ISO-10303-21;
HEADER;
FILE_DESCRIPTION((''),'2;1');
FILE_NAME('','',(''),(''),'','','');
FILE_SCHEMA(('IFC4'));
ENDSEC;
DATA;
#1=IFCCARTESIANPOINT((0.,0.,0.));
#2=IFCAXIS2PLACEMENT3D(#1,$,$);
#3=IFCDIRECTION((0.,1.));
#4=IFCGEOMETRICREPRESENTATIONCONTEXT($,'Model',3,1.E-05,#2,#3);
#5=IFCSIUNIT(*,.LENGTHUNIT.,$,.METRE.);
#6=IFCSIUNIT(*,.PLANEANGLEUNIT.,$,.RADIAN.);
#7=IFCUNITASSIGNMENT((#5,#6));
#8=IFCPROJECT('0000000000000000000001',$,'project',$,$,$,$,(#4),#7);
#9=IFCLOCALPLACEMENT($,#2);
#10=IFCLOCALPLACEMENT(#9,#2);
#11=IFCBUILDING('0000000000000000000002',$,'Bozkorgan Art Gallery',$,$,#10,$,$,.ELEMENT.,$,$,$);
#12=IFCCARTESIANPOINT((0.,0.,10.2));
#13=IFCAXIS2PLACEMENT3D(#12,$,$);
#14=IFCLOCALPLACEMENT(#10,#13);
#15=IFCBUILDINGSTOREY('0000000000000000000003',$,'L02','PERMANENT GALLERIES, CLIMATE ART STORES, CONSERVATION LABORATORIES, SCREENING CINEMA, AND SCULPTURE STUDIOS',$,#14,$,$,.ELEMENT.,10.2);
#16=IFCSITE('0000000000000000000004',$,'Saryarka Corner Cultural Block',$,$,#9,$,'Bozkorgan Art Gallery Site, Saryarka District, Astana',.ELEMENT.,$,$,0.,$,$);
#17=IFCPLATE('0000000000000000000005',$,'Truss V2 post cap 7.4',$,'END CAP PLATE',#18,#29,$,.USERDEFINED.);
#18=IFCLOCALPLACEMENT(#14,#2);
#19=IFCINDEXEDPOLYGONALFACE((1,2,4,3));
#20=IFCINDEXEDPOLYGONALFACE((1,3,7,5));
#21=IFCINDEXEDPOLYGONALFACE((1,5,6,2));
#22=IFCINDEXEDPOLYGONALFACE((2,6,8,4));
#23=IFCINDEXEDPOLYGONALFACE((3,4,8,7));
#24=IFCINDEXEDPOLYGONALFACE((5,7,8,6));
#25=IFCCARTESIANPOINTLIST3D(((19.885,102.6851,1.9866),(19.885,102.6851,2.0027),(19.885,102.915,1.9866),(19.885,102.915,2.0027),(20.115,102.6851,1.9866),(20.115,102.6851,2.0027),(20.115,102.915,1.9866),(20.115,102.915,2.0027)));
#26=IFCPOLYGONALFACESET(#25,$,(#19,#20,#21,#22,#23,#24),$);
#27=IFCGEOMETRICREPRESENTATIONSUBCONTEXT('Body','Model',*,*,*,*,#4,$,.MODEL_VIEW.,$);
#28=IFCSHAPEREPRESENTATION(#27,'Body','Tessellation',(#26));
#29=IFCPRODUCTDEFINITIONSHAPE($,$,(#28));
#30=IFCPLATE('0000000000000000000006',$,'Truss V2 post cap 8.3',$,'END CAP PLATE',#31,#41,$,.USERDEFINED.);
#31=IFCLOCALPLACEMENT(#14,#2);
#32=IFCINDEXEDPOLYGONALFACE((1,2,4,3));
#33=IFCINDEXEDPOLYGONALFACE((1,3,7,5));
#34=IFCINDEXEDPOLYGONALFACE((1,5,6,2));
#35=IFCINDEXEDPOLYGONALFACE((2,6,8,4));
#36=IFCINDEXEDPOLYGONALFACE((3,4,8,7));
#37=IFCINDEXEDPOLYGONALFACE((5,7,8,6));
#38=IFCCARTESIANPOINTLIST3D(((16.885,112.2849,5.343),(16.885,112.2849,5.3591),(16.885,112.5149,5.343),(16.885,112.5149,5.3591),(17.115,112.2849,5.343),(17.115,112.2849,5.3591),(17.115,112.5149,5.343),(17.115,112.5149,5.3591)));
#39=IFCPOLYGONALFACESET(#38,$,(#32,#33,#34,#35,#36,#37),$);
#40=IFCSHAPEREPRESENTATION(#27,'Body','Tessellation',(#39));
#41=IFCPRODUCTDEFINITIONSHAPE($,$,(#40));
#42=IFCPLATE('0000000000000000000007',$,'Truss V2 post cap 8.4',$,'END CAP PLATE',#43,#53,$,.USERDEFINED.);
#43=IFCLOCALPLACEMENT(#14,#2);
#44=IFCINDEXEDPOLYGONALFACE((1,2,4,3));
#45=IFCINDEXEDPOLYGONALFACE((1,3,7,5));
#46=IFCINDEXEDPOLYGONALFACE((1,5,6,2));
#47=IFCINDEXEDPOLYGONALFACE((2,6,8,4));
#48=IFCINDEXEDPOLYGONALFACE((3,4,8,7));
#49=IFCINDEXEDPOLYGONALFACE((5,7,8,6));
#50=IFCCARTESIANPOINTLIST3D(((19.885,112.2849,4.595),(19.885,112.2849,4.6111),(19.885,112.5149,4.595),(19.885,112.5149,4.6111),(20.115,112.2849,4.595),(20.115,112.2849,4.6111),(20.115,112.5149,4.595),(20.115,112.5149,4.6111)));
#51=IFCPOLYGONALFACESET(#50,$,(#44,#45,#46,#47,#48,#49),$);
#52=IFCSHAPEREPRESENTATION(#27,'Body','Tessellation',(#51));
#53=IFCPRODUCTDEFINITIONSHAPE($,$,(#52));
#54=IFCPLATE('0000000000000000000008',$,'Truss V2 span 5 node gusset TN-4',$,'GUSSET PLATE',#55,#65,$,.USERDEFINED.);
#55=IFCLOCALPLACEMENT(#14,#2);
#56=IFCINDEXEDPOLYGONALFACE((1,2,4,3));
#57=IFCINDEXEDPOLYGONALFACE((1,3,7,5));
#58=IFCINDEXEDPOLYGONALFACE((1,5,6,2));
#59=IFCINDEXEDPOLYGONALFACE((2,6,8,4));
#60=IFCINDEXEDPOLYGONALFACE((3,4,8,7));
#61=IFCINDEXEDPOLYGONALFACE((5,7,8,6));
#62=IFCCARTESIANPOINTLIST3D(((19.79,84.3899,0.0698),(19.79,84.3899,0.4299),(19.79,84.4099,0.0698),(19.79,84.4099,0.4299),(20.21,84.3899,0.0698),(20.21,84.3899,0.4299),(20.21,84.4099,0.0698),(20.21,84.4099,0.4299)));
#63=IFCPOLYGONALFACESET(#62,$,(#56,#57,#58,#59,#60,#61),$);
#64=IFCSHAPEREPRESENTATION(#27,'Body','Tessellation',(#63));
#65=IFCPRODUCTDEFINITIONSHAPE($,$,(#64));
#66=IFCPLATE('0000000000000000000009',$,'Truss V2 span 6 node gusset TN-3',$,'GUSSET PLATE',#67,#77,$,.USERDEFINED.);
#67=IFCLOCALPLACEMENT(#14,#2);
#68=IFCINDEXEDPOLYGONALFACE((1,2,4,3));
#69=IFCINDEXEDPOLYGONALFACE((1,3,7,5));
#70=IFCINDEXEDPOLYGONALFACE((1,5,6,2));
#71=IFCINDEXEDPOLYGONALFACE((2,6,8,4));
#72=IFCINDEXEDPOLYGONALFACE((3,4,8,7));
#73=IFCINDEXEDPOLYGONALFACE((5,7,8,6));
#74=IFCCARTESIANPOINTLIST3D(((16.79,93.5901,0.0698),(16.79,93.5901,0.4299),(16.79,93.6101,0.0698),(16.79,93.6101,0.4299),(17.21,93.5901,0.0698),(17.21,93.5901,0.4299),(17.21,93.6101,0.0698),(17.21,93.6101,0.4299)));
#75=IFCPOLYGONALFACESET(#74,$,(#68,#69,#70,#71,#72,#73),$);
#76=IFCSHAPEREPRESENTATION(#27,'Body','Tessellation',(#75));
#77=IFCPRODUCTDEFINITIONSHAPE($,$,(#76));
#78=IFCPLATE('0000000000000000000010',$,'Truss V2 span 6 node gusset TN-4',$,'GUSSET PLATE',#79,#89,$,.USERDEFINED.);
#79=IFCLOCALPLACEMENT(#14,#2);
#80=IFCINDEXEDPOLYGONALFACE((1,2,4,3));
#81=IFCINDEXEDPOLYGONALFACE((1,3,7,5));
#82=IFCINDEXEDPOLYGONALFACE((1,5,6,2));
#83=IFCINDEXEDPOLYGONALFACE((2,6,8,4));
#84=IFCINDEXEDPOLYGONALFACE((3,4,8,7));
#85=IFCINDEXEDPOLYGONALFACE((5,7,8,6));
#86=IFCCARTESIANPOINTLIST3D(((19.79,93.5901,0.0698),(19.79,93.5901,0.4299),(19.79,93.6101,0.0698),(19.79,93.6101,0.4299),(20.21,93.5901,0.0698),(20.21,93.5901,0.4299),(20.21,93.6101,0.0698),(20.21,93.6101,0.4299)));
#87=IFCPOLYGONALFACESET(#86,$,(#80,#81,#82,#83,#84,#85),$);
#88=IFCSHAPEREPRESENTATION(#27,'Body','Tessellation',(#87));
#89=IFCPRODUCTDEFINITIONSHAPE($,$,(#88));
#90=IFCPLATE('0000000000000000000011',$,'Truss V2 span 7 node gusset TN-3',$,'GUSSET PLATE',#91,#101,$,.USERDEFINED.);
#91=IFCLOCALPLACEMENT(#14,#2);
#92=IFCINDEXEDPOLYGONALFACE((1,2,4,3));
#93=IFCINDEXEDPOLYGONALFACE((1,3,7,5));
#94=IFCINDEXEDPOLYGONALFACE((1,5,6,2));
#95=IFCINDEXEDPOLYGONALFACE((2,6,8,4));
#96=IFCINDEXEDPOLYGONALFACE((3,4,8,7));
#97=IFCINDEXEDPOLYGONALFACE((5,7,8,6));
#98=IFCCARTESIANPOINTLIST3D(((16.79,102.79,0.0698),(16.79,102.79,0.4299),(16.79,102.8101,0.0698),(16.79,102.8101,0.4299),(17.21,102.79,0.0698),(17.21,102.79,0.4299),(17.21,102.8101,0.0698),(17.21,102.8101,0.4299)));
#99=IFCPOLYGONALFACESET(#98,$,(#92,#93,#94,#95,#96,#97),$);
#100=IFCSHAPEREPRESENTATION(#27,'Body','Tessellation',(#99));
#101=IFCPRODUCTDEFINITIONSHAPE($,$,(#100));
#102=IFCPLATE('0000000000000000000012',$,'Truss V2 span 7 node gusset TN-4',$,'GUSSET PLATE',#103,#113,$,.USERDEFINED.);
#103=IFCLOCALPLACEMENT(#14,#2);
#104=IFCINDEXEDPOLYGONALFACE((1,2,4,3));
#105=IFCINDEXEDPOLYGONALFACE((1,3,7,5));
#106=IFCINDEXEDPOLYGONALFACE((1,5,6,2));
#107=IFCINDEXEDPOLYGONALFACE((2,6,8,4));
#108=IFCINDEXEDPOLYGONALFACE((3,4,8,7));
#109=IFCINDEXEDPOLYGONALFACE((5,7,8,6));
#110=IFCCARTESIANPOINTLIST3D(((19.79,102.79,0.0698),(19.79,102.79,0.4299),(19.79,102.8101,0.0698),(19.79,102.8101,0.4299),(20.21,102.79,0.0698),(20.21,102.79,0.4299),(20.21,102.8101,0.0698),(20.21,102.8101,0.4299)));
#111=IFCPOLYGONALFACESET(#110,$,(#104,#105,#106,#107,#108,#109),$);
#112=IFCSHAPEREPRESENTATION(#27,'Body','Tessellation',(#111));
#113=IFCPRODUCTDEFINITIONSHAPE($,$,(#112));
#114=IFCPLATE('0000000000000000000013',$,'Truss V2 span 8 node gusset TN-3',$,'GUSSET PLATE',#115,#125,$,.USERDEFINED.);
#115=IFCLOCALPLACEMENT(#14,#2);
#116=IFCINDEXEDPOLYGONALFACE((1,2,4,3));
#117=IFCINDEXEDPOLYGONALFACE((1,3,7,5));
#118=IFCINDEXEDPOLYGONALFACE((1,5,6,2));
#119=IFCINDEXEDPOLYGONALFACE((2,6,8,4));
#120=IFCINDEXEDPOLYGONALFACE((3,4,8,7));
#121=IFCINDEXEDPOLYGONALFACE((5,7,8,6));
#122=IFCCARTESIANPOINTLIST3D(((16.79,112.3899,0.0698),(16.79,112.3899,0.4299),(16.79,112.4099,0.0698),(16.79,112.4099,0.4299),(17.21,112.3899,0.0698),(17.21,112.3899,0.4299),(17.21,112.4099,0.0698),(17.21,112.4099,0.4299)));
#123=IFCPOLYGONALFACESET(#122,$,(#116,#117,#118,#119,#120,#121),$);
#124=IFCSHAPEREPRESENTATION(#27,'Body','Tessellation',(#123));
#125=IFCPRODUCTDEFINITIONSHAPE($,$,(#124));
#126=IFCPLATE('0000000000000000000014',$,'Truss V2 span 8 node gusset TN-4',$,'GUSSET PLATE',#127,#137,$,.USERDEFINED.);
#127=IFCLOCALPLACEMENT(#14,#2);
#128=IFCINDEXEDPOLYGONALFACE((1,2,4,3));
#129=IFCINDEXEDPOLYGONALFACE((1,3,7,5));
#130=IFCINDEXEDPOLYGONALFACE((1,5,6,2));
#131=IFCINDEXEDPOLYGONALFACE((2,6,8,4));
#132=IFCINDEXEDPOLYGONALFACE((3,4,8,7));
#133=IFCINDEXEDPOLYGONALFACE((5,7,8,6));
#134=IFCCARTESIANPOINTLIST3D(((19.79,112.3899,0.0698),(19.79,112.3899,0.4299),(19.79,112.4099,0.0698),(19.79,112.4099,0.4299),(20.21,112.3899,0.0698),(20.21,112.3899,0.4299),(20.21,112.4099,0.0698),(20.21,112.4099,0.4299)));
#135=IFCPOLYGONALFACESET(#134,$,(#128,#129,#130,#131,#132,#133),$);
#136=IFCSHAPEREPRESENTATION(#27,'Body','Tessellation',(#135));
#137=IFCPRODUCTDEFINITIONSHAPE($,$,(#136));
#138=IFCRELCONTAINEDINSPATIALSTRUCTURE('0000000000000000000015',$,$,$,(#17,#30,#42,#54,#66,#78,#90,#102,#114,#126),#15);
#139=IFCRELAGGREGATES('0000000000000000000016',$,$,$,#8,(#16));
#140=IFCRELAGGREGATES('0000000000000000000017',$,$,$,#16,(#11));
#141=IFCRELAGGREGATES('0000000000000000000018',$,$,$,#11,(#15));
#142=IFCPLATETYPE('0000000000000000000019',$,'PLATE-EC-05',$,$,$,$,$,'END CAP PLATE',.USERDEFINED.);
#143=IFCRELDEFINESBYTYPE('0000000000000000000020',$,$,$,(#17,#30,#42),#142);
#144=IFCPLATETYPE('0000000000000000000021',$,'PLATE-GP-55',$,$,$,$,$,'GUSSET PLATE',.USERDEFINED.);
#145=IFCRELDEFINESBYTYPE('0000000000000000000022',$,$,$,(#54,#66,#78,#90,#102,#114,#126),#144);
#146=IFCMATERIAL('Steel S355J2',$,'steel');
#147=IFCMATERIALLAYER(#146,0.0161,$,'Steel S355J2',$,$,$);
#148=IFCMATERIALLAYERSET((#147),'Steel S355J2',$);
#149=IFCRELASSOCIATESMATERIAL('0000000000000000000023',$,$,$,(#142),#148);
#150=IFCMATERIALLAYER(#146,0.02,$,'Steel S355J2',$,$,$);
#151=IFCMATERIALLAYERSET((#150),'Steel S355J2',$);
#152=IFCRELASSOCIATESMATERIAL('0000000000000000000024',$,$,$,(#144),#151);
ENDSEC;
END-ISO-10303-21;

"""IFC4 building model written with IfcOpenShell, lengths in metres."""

from ifc_helpers import new_model, si_unit, direction, frame, origin, origin_2d, place, context, subcontext, project, spatial, rectangle, extrude, material, layer, layer_set, type_object, element, save


model = new_model("IFC4")

# Units and contexts
model_context = context("Model", 3, precision=1e-05, world=origin(), true_north=direction((0.0, 1.0)))
body_context = subcontext(model_context, "Body", "Model", "MODEL_VIEW")
ifc_project = project(units=[si_unit("LENGTHUNIT", "METRE"), si_unit("PLANEANGLEUNIT", "RADIAN")], contexts=[model_context])

# Site, building, storey
site_placement = place(None, origin())
site = spatial("IfcSite", under=ifc_project, at=site_placement, Name="Saryarka Corner Cultural Block", LongName="Bozkorgan Art Gallery Site, Saryarka District, Astana", CompositionType="ELEMENT", RefElevation=0.0)
building_placement = place(site_placement, origin())
building = spatial("IfcBuilding", under=site, at=building_placement, Name="Bozkorgan Art Gallery", CompositionType="ELEMENT")
storey_placement = place(building_placement, frame((0.0, 0.0, 10.2)))
storey = spatial("IfcBuildingStorey", under=building, at=storey_placement, Name="L02", Description="PERMANENT GALLERIES, CLIMATE ART STORES, CONSERVATION LABORATORIES, SCREENING CINEMA, AND SCULPTURE STUDIOS", CompositionType="ELEMENT", Elevation=10.2)

# Shared definitions
ifc_material = material(Name="Steel S355J2", Category="steel")

# Plates
ifc_layer_1 = layer(ifc_material, 0.0161, Name="Steel S355J2")
ifc_layer_set_1 = layer_set([ifc_layer_1], Name="Steel S355J2")
plate_type_1 = type_object("IfcPlateType", Name="PLATE-EC-05", ElementType="END CAP PLATE", PredefinedType="USERDEFINED", material=ifc_layer_set_1)
for number, where, z_axis, x_axis, name in (
    (1, (20.0, 102.8, 1.9866), (0.0, 0.0, 1.0), (1.0, 0.0, 0.0), "Truss V2 post cap 7.4"),
    (2, (17.0, 112.3999, 5.343), (0.0, 0.0, 1.0), (1.0, 0.0, 0.0), "Truss V2 post cap 8.3"),
    (3, (20.0, 112.3999, 4.595), (0.0, 0.0, 1.0), (1.0, 0.0, 0.0), "Truss V2 post cap 8.4"),
):
    element("IfcPlate", number, at=place(storey_placement, frame(where, z_axis=z_axis, x_axis=x_axis)), inside=storey, type_object=plate_type_1, Name=name, ObjectType="END CAP PLATE", PredefinedType="USERDEFINED", context=body_context, shape_type="SweptSolid", body=[
        extrude(rectangle(XDim=0.23, YDim=0.23, at=origin_2d()), origin(), (0.0, 0.0, 1.0), 0.0161),
    ])
ifc_layer_2 = layer(ifc_material, 0.02, Name="Steel S355J2")
ifc_layer_set_2 = layer_set([ifc_layer_2], Name="Steel S355J2")
plate_type_2 = type_object("IfcPlateType", Name="PLATE-GP-55", ElementType="GUSSET PLATE", PredefinedType="USERDEFINED", material=ifc_layer_set_2)
for number, where, z_axis, x_axis, name in (
    (4, (20.0, 84.3999, 0.0698), (0.0, 0.0, 1.0), (1.0, 0.0, 0.0), "Truss V2 span 5 node gusset TN-4"),
    (5, (17.0, 93.6001, 0.0698), (0.0, 0.0, 1.0), (1.0, 0.0, 0.0), "Truss V2 span 6 node gusset TN-3"),
    (6, (20.0, 93.6001, 0.0698), (0.0, 0.0, 1.0), (1.0, 0.0, 0.0), "Truss V2 span 6 node gusset TN-4"),
    (7, (17.0, 102.8, 0.0698), (0.0, 0.0, 1.0), (1.0, 0.0, 0.0), "Truss V2 span 7 node gusset TN-3"),
    (8, (20.0, 102.8, 0.0698), (0.0, 0.0, 1.0), (1.0, 0.0, 0.0), "Truss V2 span 7 node gusset TN-4"),
    (9, (17.0, 112.3999, 0.0698), (0.0, 0.0, 1.0), (1.0, 0.0, 0.0), "Truss V2 span 8 node gusset TN-3"),
    (10, (20.0, 112.3999, 0.0698), (0.0, 0.0, 1.0), (1.0, 0.0, 0.0), "Truss V2 span 8 node gusset TN-4"),
):
    element("IfcPlate", number, at=place(storey_placement, frame(where, z_axis=z_axis, x_axis=x_axis)), inside=storey, type_object=plate_type_2, Name=name, ObjectType="GUSSET PLATE", PredefinedType="USERDEFINED", context=body_context, shape_type="SweptSolid", body=[
        extrude(rectangle(XDim=0.4199, YDim=0.02, at=origin_2d()), origin(), (0.0, 0.0, 1.0), 0.3601),
    ])

save(model, "model.ifc")
